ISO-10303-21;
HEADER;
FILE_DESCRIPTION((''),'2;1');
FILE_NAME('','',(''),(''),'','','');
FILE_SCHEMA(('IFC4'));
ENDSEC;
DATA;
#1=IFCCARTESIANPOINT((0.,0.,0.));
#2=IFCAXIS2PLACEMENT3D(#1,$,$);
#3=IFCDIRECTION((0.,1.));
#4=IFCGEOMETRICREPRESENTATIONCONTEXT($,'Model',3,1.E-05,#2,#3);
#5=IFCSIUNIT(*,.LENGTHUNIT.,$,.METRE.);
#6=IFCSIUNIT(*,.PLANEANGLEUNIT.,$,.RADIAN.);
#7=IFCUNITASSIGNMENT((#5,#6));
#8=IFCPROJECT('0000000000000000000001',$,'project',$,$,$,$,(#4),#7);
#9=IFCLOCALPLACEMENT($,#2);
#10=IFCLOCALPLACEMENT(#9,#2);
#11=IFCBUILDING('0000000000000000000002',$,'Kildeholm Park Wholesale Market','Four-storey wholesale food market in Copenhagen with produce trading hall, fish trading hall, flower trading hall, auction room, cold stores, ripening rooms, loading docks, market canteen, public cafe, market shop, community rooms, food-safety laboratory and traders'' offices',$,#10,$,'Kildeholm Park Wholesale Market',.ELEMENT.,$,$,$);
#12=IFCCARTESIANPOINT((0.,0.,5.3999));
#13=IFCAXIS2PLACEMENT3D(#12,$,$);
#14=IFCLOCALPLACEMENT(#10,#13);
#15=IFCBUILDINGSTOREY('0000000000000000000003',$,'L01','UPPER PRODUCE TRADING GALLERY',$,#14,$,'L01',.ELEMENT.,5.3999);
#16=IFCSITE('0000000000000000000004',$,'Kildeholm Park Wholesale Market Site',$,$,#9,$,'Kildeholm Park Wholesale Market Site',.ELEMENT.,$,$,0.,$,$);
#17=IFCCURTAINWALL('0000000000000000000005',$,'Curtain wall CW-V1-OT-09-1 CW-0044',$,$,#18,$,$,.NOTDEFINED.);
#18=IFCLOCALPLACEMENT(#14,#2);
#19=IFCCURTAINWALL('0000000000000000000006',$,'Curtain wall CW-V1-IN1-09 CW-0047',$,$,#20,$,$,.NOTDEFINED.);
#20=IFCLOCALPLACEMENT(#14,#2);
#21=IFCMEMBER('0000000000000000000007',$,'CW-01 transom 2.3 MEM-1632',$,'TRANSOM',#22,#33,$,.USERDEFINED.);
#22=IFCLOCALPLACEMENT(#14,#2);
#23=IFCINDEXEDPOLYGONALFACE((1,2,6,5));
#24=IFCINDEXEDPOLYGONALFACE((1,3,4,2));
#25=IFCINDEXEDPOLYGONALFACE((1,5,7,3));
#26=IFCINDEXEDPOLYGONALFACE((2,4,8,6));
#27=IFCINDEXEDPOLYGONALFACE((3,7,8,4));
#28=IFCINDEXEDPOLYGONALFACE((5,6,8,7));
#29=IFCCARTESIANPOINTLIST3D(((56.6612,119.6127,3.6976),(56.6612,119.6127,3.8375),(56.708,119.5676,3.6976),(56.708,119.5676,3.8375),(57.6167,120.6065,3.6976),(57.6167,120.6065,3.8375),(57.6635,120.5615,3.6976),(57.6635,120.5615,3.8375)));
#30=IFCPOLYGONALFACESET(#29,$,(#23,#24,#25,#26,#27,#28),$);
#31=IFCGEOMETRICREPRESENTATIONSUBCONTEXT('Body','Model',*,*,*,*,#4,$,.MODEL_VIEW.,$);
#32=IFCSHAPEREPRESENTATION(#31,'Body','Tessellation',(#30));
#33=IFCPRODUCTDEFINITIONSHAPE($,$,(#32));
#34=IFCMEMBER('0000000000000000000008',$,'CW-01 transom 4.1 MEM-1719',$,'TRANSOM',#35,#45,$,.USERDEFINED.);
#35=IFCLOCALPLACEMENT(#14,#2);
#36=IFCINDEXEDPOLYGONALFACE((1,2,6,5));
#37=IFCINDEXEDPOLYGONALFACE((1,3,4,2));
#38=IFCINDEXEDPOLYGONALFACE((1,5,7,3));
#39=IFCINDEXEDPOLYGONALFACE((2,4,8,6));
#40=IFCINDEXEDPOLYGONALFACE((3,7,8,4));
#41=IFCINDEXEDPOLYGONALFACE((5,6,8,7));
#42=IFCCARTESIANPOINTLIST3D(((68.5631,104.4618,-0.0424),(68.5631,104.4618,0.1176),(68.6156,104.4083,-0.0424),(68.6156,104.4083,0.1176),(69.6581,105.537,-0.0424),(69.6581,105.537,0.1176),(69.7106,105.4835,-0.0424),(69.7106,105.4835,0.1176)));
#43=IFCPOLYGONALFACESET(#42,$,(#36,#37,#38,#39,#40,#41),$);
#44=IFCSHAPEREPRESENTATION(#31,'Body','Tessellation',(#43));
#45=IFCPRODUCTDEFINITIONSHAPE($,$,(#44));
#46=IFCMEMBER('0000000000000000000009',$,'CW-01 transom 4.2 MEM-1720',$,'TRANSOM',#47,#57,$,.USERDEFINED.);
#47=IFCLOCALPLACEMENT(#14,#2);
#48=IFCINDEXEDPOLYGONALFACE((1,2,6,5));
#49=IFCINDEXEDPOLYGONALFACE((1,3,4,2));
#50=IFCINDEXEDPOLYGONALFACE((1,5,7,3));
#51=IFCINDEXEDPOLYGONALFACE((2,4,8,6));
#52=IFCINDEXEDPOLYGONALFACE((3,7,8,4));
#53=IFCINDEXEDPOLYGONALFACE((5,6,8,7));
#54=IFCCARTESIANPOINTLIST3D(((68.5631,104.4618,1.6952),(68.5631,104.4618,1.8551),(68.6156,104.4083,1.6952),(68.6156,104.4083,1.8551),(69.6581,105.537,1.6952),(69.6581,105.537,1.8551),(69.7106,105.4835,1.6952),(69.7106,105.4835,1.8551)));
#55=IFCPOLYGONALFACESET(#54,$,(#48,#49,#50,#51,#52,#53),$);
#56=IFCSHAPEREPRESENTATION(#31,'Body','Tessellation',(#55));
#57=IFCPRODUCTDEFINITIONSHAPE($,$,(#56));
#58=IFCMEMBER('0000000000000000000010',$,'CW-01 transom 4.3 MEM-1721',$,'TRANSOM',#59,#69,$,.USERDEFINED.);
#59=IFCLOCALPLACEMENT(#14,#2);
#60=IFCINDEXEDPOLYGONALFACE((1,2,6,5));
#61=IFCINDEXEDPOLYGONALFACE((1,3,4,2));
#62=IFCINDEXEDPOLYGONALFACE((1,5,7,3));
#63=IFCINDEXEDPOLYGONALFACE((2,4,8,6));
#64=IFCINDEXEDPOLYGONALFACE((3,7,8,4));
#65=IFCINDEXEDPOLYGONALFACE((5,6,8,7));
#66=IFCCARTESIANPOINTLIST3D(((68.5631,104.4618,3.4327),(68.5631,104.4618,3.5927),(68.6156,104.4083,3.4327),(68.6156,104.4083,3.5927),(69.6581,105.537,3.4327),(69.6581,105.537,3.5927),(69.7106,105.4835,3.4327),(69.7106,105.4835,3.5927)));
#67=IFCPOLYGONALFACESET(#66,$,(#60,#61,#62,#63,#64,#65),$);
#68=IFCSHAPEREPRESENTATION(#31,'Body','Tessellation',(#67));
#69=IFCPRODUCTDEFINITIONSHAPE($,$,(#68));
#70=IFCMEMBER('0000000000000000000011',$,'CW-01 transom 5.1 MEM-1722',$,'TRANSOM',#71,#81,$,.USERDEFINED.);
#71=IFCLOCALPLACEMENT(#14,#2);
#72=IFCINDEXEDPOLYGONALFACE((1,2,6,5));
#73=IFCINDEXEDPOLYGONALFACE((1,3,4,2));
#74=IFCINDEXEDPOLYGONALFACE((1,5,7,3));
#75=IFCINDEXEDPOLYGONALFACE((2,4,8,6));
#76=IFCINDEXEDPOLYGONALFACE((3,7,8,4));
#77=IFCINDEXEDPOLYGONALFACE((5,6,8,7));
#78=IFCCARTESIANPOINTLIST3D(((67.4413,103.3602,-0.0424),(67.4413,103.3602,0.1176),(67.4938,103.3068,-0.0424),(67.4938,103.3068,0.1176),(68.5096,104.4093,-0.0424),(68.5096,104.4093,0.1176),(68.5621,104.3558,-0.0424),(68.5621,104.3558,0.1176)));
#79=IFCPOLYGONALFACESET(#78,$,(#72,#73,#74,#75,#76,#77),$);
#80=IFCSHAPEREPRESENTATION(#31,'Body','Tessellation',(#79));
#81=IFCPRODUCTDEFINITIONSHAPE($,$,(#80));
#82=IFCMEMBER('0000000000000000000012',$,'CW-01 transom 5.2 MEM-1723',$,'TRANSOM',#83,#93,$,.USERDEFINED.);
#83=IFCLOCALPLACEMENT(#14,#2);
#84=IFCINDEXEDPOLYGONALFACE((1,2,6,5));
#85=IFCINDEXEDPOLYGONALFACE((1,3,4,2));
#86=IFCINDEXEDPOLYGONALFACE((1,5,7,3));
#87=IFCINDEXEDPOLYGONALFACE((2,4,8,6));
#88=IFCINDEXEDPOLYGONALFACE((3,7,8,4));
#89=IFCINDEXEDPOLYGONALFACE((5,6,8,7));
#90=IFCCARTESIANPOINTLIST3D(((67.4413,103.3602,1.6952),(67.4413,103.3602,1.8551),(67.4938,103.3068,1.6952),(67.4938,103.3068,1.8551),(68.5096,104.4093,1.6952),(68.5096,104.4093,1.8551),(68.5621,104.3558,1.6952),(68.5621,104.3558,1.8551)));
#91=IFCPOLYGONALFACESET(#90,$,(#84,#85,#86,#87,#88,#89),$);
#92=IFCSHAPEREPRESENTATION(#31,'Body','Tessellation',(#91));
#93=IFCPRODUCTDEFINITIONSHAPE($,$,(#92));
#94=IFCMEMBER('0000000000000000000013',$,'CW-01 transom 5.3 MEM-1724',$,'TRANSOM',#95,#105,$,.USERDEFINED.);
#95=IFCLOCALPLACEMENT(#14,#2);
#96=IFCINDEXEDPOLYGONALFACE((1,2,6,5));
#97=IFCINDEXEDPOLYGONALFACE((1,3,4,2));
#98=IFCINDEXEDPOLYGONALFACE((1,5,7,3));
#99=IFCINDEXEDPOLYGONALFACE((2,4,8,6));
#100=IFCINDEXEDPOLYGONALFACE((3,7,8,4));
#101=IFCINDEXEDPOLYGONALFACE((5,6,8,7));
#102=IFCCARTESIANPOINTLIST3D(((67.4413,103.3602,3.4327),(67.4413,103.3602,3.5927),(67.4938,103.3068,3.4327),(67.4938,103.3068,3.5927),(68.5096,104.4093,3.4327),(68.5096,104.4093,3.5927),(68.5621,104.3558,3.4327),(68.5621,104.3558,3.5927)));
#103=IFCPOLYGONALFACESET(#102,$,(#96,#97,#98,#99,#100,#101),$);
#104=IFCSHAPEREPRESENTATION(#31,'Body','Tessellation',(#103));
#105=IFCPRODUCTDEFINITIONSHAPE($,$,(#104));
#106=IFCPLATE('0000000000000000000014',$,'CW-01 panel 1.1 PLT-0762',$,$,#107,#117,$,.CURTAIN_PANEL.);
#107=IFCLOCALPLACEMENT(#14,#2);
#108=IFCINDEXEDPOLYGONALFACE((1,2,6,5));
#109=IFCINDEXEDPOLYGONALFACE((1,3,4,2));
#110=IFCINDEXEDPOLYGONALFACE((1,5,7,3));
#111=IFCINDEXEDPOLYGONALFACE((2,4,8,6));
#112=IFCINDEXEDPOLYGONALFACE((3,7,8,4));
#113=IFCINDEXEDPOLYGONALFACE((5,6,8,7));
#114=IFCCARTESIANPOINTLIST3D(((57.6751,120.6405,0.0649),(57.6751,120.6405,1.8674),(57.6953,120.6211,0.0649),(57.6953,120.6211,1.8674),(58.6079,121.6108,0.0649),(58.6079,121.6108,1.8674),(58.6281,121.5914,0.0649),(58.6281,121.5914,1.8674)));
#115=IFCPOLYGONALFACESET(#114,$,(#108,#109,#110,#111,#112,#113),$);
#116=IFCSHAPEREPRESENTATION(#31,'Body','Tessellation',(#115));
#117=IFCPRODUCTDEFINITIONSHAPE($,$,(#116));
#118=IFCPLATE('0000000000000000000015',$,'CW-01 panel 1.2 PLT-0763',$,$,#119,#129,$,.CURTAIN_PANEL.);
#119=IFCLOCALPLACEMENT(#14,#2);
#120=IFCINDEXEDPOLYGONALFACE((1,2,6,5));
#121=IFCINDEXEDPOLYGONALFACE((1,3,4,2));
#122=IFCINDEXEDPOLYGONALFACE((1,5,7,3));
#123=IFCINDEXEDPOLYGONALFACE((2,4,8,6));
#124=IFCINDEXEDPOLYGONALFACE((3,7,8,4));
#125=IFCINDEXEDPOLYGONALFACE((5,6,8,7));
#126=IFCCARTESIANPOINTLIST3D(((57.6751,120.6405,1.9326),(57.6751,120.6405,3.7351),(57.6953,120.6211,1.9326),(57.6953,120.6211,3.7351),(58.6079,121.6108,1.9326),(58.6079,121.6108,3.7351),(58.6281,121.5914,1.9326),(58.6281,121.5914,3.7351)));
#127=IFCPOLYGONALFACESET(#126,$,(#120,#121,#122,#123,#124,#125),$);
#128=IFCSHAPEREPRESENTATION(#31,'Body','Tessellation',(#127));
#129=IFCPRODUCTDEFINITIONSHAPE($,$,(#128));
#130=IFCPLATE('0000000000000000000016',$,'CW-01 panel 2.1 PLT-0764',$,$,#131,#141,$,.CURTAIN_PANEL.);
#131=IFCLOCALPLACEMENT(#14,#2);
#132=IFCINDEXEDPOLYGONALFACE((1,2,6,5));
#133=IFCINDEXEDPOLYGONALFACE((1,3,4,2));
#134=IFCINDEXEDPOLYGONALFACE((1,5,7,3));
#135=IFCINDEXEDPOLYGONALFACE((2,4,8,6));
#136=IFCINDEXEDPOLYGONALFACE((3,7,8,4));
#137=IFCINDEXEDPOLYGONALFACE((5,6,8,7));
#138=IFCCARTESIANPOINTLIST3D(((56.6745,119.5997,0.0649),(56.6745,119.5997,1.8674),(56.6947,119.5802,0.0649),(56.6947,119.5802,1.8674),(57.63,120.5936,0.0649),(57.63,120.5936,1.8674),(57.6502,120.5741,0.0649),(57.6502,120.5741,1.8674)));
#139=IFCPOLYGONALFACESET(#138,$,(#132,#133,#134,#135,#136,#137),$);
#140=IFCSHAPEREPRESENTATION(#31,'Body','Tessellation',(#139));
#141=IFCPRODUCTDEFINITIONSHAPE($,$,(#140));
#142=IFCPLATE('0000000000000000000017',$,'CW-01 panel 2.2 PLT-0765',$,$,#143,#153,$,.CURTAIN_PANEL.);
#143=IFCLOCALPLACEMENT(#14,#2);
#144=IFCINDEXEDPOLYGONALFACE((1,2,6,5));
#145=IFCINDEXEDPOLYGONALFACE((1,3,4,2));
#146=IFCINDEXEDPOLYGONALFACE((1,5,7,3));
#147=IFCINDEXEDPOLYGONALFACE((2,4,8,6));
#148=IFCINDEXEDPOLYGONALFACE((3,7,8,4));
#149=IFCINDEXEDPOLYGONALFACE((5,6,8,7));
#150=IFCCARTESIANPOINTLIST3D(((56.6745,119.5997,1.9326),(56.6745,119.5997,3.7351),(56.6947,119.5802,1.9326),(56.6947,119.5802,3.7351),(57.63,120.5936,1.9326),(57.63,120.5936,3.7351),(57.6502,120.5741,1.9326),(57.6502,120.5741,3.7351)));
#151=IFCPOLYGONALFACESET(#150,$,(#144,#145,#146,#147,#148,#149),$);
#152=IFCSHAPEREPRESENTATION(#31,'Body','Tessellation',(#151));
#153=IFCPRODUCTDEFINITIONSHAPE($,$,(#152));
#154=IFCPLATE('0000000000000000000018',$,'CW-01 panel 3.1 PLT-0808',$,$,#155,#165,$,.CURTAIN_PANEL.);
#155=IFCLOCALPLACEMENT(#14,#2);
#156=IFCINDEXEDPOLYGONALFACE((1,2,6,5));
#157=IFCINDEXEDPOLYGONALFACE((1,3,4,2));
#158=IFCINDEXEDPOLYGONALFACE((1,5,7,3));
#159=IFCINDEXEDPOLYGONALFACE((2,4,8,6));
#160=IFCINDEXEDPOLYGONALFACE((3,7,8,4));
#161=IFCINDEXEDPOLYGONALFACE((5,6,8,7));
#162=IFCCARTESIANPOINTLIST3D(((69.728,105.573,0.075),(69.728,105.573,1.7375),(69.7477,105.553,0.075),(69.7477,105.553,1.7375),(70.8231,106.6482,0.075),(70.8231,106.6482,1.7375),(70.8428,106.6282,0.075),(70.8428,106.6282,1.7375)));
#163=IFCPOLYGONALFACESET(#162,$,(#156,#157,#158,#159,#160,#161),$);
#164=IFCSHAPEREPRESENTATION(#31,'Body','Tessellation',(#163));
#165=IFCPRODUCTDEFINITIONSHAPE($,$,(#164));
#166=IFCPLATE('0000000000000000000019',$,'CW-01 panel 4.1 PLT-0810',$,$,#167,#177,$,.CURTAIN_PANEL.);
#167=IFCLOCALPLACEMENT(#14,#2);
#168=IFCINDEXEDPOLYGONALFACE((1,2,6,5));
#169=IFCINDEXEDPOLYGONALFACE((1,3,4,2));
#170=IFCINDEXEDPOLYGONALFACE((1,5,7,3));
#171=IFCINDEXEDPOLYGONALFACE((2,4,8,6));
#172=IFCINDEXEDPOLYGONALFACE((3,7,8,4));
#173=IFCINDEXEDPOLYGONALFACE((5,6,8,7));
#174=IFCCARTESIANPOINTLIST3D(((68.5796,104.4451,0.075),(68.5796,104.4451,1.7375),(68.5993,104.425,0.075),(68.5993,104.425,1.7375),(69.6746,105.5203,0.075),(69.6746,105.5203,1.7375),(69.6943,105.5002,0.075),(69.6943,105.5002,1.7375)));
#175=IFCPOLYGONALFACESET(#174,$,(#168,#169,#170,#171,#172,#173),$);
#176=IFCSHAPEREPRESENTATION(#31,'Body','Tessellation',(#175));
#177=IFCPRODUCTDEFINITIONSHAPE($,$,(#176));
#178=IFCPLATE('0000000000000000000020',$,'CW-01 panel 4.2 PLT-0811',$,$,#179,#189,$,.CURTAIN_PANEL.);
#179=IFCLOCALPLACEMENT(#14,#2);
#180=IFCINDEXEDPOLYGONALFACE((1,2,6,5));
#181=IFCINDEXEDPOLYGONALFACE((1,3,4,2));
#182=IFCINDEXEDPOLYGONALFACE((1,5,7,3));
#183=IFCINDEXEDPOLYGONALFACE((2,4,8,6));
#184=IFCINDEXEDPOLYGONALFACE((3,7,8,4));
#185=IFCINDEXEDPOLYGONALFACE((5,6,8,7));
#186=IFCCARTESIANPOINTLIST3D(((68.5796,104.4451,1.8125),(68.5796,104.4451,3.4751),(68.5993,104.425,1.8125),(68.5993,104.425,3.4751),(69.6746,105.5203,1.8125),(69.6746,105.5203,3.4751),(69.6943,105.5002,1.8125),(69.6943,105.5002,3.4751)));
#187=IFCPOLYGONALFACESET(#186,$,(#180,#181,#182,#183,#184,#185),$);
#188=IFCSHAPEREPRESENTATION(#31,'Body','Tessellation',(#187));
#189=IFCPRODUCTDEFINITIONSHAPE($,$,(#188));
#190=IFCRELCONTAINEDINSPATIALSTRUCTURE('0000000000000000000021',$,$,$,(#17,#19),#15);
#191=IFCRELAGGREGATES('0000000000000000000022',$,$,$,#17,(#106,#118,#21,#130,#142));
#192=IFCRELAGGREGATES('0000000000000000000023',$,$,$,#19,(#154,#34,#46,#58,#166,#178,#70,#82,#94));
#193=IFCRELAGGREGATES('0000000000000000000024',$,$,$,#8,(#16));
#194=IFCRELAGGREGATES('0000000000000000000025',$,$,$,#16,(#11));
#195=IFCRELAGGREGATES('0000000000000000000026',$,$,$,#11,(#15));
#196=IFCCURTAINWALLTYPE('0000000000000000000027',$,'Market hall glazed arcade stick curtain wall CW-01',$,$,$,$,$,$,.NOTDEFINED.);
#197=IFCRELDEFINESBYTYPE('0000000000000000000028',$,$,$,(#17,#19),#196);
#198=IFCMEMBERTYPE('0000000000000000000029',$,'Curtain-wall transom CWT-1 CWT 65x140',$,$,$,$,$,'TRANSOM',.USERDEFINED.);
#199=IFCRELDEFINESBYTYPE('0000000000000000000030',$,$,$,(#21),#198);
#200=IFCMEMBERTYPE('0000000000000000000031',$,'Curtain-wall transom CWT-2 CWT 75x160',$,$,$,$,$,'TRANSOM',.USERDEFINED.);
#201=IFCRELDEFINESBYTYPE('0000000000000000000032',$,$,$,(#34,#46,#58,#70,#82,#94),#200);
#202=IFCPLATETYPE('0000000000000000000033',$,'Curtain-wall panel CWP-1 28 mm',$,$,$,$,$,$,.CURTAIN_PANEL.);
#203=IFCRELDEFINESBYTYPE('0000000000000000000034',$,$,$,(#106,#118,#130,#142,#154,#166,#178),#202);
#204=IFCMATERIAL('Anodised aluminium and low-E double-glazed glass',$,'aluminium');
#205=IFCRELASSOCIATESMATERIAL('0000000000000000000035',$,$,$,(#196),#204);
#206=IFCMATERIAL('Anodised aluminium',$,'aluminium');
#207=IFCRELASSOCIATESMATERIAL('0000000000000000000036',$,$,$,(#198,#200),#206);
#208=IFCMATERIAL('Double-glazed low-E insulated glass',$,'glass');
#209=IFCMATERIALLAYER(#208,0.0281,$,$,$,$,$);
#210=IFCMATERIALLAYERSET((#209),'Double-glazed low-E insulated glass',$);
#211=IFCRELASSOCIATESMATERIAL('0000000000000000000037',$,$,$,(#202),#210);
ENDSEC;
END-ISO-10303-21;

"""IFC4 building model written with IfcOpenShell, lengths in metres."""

from ifc_helpers import new_model, si_unit, direction, frame, origin, origin_2d, place, context, subcontext, project, spatial, rectangle, extrude, material, layer, layer_set, material_profile, profile_set, type_object, element, aggregate, save


model = new_model("IFC4")

# Units and contexts
model_context = context("Model", 3, precision=1e-05, world=origin(), true_north=direction((0.0, 1.0)))
body_context = subcontext(model_context, "Body", "Model", "MODEL_VIEW")
ifc_project = project(units=[si_unit("LENGTHUNIT", "METRE"), si_unit("PLANEANGLEUNIT", "RADIAN")], contexts=[model_context])

# Site, building, storey
site_placement = place(None, origin())
site = spatial("IfcSite", under=ifc_project, at=site_placement, Name="Kildeholm Park Wholesale Market Site", LongName="Kildeholm Park Wholesale Market Site", CompositionType="ELEMENT", RefElevation=0.0)
building_placement = place(site_placement, origin())
building = spatial("IfcBuilding", under=site, at=building_placement, Name="Kildeholm Park Wholesale Market", Description="Four-storey wholesale food market in Copenhagen with produce trading hall, fish trading hall, flower trading hall, auction room, cold stores, ripening rooms, loading docks, market canteen, public cafe, market shop, community rooms, food-safety laboratory and traders' offices", LongName="Kildeholm Park Wholesale Market", CompositionType="ELEMENT")
storey_placement = place(building_placement, frame((0.0, 0.0, 5.3999)))
storey = spatial("IfcBuildingStorey", under=building, at=storey_placement, Name="L01", Description="UPPER PRODUCE TRADING GALLERY", LongName="L01", CompositionType="ELEMENT", Elevation=5.3999)

# Curtain walls
ifc_material_1 = material(Name="Anodised aluminium and low-E double-glazed glass", Category="aluminium")
curtain_wall_type = type_object("IfcCurtainWallType", Name="Market hall glazed arcade stick curtain wall CW-01", PredefinedType="NOTDEFINED", material=ifc_material_1)
curtain_wall_1_placement = place(storey_placement, origin())
curtain_wall_1 = element("IfcCurtainWall", 1, at=curtain_wall_1_placement, inside=storey, type_object=curtain_wall_type, Name="Curtain wall CW-V1-OT-09-1 CW-0044", PredefinedType="NOTDEFINED")
ifc_material_2 = material(Name="Anodised aluminium", Category="aluminium")
curtain_wall_2_placement = place(storey_placement, origin())
curtain_wall_2 = element("IfcCurtainWall", 2, at=curtain_wall_2_placement, inside=storey, type_object=curtain_wall_type, Name="Curtain wall CW-V1-IN1-09 CW-0047", PredefinedType="NOTDEFINED")

# Members
ifc_material_profile_1 = material_profile(ifc_material_2, rectangle(XDim=0.0649, YDim=0.1399, at=origin_2d()), Name="CWT 65x140")
ifc_profile_set_1 = profile_set([ifc_material_profile_1], Name="Anodised aluminium")
member_type_1 = type_object("IfcMemberType", Name="Curtain-wall transom CWT-1 CWT 65x140", ElementType="TRANSOM", PredefinedType="USERDEFINED", material=ifc_profile_set_1)
member_1_placement = place(storey_placement, frame((57.6401, 120.584, 3.7676), z_axis=(-0.69307, -0.72087, 0.0), x_axis=(0.72087, -0.69307, 0.0)))
member_1 = element("IfcMember", 3, at=member_1_placement, type_object=member_type_1, Name="CW-01 transom 2.3 MEM-1632", ObjectType="TRANSOM", PredefinedType="USERDEFINED", context=body_context, shape_type="SweptSolid", body=[
    extrude(rectangle(XDim=0.0649, YDim=0.1399, at=origin_2d()), origin(), (0.0, 0.0, 1.0), 1.3787),
])
ifc_material_profile_2 = material_profile(ifc_material_2, rectangle(XDim=0.075, YDim=0.1599, at=origin_2d()), Name="CWT 75x160")
ifc_profile_set_2 = profile_set([ifc_material_profile_2], Name="Anodised aluminium")
member_type_2 = type_object("IfcMemberType", Name="Curtain-wall transom CWT-2 CWT 75x160", ElementType="TRANSOM", PredefinedType="USERDEFINED", material=ifc_profile_set_2)
member_2_placement = place(storey_placement, frame((69.6843, 105.5103, 0.0376), z_axis=(-0.713521, -0.700634, 0.0), x_axis=(0.700634, -0.713521, 0.0)))
member_2 = element("IfcMember", 4, at=member_2_placement, type_object=member_type_2, Name="CW-01 transom 4.1 MEM-1719", ObjectType="TRANSOM", PredefinedType="USERDEFINED", context=body_context, shape_type="SweptSolid", body=[
    extrude(rectangle(XDim=0.075, YDim=0.1599, at=origin_2d()), origin(), (0.0, 0.0, 1.0), 1.5347),
])
member_3_placement = place(storey_placement, frame((69.6843, 105.5103, 1.7751), z_axis=(-0.713521, -0.700634, 0.0), x_axis=(0.700634, -0.713521, 0.0)))
member_3 = element("IfcMember", 5, at=member_3_placement, type_object=member_type_2, Name="CW-01 transom 4.2 MEM-1720", ObjectType="TRANSOM", PredefinedType="USERDEFINED", context=body_context, shape_type="SweptSolid", body=[
    extrude(rectangle(XDim=0.075, YDim=0.1599, at=origin_2d()), origin(), (0.0, 0.0, 1.0), 1.5347),
])
member_4_placement = place(storey_placement, frame((69.6843, 105.5103, 3.5127), z_axis=(-0.713521, -0.700634, 0.0), x_axis=(0.700634, -0.713521, 0.0)))
member_4 = element("IfcMember", 6, at=member_4_placement, type_object=member_type_2, Name="CW-01 transom 4.3 MEM-1721", ObjectType="TRANSOM", PredefinedType="USERDEFINED", context=body_context, shape_type="SweptSolid", body=[
    extrude(rectangle(XDim=0.075, YDim=0.1599, at=origin_2d()), origin(), (0.0, 0.0, 1.0), 1.5347),
])
member_5_placement = place(storey_placement, frame((68.5359, 104.3826, 0.0376), z_axis=(-0.713518, -0.700637, 0.0), x_axis=(0.700637, -0.713518, 0.0)))
member_5 = element("IfcMember", 7, at=member_5_placement, type_object=member_type_2, Name="CW-01 transom 5.1 MEM-1722", ObjectType="TRANSOM", PredefinedType="USERDEFINED", context=body_context, shape_type="SweptSolid", body=[
    extrude(rectangle(XDim=0.075, YDim=0.1599, at=origin_2d()), origin(), (0.0, 0.0, 1.0), 1.4973),
])
member_6_placement = place(storey_placement, frame((68.5359, 104.3826, 1.7751), z_axis=(-0.713518, -0.700637, 0.0), x_axis=(0.700637, -0.713518, 0.0)))
member_6 = element("IfcMember", 8, at=member_6_placement, type_object=member_type_2, Name="CW-01 transom 5.2 MEM-1723", ObjectType="TRANSOM", PredefinedType="USERDEFINED", context=body_context, shape_type="SweptSolid", body=[
    extrude(rectangle(XDim=0.075, YDim=0.1599, at=origin_2d()), origin(), (0.0, 0.0, 1.0), 1.4973),
])
member_7_placement = place(storey_placement, frame((68.5359, 104.3826, 3.5127), z_axis=(-0.713518, -0.700637, 0.0), x_axis=(0.700637, -0.713518, 0.0)))
member_7 = element("IfcMember", 9, at=member_7_placement, type_object=member_type_2, Name="CW-01 transom 5.3 MEM-1724", ObjectType="TRANSOM", PredefinedType="USERDEFINED", context=body_context, shape_type="SweptSolid", body=[
    extrude(rectangle(XDim=0.075, YDim=0.1599, at=origin_2d()), origin(), (0.0, 0.0, 1.0), 1.4973),
])

# Plates
ifc_material_3 = material(Name="Double-glazed low-E insulated glass", Category="glass")
ifc_layer_1 = layer(ifc_material_3, 0.0281)
ifc_layer_set_1 = layer_set([ifc_layer_1], Name="Double-glazed low-E insulated glass")
plate_type = type_object("IfcPlateType", Name="Curtain-wall panel CWP-1 28 mm", PredefinedType="CURTAIN_PANEL", material=ifc_layer_set_1)
plate_1_placement = place(storey_placement, frame((58.1516, 121.116, 0.0649), z_axis=(0.0, 0.0, 1.0), x_axis=(-0.693038, -0.720901, 0.0)))
plate_1 = element("IfcPlate", 10, at=plate_1_placement, type_object=plate_type, Name="CW-01 panel 1.1 PLT-0762", PredefinedType="CURTAIN_PANEL", context=body_context, shape_type="SweptSolid", body=[
    extrude(rectangle(XDim=1.3459, YDim=0.0281, at=origin_2d()), origin(), (0.0, 0.0, 1.0), 1.8025),
])
plate_2_placement = place(storey_placement, frame((58.1516, 121.116, 1.9326), z_axis=(0.0, 0.0, 1.0), x_axis=(-0.693038, -0.720901, 0.0)))
plate_2 = element("IfcPlate", 11, at=plate_2_placement, type_object=plate_type, Name="CW-01 panel 1.2 PLT-0763", PredefinedType="CURTAIN_PANEL", context=body_context, shape_type="SweptSolid", body=[
    extrude(rectangle(XDim=1.3459, YDim=0.0281, at=origin_2d()), origin(), (0.0, 0.0, 1.0), 1.8025),
])
plate_3_placement = place(storey_placement, frame((57.1624, 120.0869, 0.0649), z_axis=(0.0, 0.0, 1.0), x_axis=(-0.693038, -0.720901, 0.0)))
plate_3 = element("IfcPlate", 12, at=plate_3_placement, type_object=plate_type, Name="CW-01 panel 2.1 PLT-0764", PredefinedType="CURTAIN_PANEL", context=body_context, shape_type="SweptSolid", body=[
    extrude(rectangle(XDim=1.3787, YDim=0.0281, at=origin_2d()), origin(), (0.0, 0.0, 1.0), 1.8025),
])
plate_4_placement = place(storey_placement, frame((57.1624, 120.0869, 1.9326), z_axis=(0.0, 0.0, 1.0), x_axis=(-0.693038, -0.720901, 0.0)))
plate_4 = element("IfcPlate", 13, at=plate_4_placement, type_object=plate_type, Name="CW-01 panel 2.2 PLT-0765", PredefinedType="CURTAIN_PANEL", context=body_context, shape_type="SweptSolid", body=[
    extrude(rectangle(XDim=1.3787, YDim=0.0281, at=origin_2d()), origin(), (0.0, 0.0, 1.0), 1.8025),
])
aggregate(curtain_wall_1, [plate_1, plate_2, member_1, plate_3, plate_4])
plate_5_placement = place(storey_placement, frame((70.2854, 106.1006, 0.075), z_axis=(0.0, 0.0, 1.0), x_axis=(-0.713538, -0.700617, 0.0)))
plate_5 = element("IfcPlate", 14, at=plate_5_placement, type_object=plate_type, Name="CW-01 panel 3.1 PLT-0808", PredefinedType="CURTAIN_PANEL", context=body_context, shape_type="SweptSolid", body=[
    extrude(rectangle(XDim=1.5347, YDim=0.0281, at=origin_2d()), origin(), (0.0, 0.0, 1.0), 1.6626),
])
plate_6_placement = place(storey_placement, frame((69.137, 104.9727, 0.075), z_axis=(0.0, 0.0, 1.0), x_axis=(-0.713538, -0.700617, 0.0)))
plate_6 = element("IfcPlate", 15, at=plate_6_placement, type_object=plate_type, Name="CW-01 panel 4.1 PLT-0810", PredefinedType="CURTAIN_PANEL", context=body_context, shape_type="SweptSolid", body=[
    extrude(rectangle(XDim=1.5347, YDim=0.0281, at=origin_2d()), origin(), (0.0, 0.0, 1.0), 1.6626),
])
plate_7_placement = place(storey_placement, frame((69.137, 104.9727, 1.8125), z_axis=(0.0, 0.0, 1.0), x_axis=(-0.713538, -0.700617, 0.0)))
plate_7 = element("IfcPlate", 16, at=plate_7_placement, type_object=plate_type, Name="CW-01 panel 4.2 PLT-0811", PredefinedType="CURTAIN_PANEL", context=body_context, shape_type="SweptSolid", body=[
    extrude(rectangle(XDim=1.5347, YDim=0.0281, at=origin_2d()), origin(), (0.0, 0.0, 1.0), 1.6626),
])
aggregate(curtain_wall_2, [plate_5, member_2, member_3, member_4, plate_6, plate_7, member_5, member_6, member_7])

save(model, "model.ifc")
